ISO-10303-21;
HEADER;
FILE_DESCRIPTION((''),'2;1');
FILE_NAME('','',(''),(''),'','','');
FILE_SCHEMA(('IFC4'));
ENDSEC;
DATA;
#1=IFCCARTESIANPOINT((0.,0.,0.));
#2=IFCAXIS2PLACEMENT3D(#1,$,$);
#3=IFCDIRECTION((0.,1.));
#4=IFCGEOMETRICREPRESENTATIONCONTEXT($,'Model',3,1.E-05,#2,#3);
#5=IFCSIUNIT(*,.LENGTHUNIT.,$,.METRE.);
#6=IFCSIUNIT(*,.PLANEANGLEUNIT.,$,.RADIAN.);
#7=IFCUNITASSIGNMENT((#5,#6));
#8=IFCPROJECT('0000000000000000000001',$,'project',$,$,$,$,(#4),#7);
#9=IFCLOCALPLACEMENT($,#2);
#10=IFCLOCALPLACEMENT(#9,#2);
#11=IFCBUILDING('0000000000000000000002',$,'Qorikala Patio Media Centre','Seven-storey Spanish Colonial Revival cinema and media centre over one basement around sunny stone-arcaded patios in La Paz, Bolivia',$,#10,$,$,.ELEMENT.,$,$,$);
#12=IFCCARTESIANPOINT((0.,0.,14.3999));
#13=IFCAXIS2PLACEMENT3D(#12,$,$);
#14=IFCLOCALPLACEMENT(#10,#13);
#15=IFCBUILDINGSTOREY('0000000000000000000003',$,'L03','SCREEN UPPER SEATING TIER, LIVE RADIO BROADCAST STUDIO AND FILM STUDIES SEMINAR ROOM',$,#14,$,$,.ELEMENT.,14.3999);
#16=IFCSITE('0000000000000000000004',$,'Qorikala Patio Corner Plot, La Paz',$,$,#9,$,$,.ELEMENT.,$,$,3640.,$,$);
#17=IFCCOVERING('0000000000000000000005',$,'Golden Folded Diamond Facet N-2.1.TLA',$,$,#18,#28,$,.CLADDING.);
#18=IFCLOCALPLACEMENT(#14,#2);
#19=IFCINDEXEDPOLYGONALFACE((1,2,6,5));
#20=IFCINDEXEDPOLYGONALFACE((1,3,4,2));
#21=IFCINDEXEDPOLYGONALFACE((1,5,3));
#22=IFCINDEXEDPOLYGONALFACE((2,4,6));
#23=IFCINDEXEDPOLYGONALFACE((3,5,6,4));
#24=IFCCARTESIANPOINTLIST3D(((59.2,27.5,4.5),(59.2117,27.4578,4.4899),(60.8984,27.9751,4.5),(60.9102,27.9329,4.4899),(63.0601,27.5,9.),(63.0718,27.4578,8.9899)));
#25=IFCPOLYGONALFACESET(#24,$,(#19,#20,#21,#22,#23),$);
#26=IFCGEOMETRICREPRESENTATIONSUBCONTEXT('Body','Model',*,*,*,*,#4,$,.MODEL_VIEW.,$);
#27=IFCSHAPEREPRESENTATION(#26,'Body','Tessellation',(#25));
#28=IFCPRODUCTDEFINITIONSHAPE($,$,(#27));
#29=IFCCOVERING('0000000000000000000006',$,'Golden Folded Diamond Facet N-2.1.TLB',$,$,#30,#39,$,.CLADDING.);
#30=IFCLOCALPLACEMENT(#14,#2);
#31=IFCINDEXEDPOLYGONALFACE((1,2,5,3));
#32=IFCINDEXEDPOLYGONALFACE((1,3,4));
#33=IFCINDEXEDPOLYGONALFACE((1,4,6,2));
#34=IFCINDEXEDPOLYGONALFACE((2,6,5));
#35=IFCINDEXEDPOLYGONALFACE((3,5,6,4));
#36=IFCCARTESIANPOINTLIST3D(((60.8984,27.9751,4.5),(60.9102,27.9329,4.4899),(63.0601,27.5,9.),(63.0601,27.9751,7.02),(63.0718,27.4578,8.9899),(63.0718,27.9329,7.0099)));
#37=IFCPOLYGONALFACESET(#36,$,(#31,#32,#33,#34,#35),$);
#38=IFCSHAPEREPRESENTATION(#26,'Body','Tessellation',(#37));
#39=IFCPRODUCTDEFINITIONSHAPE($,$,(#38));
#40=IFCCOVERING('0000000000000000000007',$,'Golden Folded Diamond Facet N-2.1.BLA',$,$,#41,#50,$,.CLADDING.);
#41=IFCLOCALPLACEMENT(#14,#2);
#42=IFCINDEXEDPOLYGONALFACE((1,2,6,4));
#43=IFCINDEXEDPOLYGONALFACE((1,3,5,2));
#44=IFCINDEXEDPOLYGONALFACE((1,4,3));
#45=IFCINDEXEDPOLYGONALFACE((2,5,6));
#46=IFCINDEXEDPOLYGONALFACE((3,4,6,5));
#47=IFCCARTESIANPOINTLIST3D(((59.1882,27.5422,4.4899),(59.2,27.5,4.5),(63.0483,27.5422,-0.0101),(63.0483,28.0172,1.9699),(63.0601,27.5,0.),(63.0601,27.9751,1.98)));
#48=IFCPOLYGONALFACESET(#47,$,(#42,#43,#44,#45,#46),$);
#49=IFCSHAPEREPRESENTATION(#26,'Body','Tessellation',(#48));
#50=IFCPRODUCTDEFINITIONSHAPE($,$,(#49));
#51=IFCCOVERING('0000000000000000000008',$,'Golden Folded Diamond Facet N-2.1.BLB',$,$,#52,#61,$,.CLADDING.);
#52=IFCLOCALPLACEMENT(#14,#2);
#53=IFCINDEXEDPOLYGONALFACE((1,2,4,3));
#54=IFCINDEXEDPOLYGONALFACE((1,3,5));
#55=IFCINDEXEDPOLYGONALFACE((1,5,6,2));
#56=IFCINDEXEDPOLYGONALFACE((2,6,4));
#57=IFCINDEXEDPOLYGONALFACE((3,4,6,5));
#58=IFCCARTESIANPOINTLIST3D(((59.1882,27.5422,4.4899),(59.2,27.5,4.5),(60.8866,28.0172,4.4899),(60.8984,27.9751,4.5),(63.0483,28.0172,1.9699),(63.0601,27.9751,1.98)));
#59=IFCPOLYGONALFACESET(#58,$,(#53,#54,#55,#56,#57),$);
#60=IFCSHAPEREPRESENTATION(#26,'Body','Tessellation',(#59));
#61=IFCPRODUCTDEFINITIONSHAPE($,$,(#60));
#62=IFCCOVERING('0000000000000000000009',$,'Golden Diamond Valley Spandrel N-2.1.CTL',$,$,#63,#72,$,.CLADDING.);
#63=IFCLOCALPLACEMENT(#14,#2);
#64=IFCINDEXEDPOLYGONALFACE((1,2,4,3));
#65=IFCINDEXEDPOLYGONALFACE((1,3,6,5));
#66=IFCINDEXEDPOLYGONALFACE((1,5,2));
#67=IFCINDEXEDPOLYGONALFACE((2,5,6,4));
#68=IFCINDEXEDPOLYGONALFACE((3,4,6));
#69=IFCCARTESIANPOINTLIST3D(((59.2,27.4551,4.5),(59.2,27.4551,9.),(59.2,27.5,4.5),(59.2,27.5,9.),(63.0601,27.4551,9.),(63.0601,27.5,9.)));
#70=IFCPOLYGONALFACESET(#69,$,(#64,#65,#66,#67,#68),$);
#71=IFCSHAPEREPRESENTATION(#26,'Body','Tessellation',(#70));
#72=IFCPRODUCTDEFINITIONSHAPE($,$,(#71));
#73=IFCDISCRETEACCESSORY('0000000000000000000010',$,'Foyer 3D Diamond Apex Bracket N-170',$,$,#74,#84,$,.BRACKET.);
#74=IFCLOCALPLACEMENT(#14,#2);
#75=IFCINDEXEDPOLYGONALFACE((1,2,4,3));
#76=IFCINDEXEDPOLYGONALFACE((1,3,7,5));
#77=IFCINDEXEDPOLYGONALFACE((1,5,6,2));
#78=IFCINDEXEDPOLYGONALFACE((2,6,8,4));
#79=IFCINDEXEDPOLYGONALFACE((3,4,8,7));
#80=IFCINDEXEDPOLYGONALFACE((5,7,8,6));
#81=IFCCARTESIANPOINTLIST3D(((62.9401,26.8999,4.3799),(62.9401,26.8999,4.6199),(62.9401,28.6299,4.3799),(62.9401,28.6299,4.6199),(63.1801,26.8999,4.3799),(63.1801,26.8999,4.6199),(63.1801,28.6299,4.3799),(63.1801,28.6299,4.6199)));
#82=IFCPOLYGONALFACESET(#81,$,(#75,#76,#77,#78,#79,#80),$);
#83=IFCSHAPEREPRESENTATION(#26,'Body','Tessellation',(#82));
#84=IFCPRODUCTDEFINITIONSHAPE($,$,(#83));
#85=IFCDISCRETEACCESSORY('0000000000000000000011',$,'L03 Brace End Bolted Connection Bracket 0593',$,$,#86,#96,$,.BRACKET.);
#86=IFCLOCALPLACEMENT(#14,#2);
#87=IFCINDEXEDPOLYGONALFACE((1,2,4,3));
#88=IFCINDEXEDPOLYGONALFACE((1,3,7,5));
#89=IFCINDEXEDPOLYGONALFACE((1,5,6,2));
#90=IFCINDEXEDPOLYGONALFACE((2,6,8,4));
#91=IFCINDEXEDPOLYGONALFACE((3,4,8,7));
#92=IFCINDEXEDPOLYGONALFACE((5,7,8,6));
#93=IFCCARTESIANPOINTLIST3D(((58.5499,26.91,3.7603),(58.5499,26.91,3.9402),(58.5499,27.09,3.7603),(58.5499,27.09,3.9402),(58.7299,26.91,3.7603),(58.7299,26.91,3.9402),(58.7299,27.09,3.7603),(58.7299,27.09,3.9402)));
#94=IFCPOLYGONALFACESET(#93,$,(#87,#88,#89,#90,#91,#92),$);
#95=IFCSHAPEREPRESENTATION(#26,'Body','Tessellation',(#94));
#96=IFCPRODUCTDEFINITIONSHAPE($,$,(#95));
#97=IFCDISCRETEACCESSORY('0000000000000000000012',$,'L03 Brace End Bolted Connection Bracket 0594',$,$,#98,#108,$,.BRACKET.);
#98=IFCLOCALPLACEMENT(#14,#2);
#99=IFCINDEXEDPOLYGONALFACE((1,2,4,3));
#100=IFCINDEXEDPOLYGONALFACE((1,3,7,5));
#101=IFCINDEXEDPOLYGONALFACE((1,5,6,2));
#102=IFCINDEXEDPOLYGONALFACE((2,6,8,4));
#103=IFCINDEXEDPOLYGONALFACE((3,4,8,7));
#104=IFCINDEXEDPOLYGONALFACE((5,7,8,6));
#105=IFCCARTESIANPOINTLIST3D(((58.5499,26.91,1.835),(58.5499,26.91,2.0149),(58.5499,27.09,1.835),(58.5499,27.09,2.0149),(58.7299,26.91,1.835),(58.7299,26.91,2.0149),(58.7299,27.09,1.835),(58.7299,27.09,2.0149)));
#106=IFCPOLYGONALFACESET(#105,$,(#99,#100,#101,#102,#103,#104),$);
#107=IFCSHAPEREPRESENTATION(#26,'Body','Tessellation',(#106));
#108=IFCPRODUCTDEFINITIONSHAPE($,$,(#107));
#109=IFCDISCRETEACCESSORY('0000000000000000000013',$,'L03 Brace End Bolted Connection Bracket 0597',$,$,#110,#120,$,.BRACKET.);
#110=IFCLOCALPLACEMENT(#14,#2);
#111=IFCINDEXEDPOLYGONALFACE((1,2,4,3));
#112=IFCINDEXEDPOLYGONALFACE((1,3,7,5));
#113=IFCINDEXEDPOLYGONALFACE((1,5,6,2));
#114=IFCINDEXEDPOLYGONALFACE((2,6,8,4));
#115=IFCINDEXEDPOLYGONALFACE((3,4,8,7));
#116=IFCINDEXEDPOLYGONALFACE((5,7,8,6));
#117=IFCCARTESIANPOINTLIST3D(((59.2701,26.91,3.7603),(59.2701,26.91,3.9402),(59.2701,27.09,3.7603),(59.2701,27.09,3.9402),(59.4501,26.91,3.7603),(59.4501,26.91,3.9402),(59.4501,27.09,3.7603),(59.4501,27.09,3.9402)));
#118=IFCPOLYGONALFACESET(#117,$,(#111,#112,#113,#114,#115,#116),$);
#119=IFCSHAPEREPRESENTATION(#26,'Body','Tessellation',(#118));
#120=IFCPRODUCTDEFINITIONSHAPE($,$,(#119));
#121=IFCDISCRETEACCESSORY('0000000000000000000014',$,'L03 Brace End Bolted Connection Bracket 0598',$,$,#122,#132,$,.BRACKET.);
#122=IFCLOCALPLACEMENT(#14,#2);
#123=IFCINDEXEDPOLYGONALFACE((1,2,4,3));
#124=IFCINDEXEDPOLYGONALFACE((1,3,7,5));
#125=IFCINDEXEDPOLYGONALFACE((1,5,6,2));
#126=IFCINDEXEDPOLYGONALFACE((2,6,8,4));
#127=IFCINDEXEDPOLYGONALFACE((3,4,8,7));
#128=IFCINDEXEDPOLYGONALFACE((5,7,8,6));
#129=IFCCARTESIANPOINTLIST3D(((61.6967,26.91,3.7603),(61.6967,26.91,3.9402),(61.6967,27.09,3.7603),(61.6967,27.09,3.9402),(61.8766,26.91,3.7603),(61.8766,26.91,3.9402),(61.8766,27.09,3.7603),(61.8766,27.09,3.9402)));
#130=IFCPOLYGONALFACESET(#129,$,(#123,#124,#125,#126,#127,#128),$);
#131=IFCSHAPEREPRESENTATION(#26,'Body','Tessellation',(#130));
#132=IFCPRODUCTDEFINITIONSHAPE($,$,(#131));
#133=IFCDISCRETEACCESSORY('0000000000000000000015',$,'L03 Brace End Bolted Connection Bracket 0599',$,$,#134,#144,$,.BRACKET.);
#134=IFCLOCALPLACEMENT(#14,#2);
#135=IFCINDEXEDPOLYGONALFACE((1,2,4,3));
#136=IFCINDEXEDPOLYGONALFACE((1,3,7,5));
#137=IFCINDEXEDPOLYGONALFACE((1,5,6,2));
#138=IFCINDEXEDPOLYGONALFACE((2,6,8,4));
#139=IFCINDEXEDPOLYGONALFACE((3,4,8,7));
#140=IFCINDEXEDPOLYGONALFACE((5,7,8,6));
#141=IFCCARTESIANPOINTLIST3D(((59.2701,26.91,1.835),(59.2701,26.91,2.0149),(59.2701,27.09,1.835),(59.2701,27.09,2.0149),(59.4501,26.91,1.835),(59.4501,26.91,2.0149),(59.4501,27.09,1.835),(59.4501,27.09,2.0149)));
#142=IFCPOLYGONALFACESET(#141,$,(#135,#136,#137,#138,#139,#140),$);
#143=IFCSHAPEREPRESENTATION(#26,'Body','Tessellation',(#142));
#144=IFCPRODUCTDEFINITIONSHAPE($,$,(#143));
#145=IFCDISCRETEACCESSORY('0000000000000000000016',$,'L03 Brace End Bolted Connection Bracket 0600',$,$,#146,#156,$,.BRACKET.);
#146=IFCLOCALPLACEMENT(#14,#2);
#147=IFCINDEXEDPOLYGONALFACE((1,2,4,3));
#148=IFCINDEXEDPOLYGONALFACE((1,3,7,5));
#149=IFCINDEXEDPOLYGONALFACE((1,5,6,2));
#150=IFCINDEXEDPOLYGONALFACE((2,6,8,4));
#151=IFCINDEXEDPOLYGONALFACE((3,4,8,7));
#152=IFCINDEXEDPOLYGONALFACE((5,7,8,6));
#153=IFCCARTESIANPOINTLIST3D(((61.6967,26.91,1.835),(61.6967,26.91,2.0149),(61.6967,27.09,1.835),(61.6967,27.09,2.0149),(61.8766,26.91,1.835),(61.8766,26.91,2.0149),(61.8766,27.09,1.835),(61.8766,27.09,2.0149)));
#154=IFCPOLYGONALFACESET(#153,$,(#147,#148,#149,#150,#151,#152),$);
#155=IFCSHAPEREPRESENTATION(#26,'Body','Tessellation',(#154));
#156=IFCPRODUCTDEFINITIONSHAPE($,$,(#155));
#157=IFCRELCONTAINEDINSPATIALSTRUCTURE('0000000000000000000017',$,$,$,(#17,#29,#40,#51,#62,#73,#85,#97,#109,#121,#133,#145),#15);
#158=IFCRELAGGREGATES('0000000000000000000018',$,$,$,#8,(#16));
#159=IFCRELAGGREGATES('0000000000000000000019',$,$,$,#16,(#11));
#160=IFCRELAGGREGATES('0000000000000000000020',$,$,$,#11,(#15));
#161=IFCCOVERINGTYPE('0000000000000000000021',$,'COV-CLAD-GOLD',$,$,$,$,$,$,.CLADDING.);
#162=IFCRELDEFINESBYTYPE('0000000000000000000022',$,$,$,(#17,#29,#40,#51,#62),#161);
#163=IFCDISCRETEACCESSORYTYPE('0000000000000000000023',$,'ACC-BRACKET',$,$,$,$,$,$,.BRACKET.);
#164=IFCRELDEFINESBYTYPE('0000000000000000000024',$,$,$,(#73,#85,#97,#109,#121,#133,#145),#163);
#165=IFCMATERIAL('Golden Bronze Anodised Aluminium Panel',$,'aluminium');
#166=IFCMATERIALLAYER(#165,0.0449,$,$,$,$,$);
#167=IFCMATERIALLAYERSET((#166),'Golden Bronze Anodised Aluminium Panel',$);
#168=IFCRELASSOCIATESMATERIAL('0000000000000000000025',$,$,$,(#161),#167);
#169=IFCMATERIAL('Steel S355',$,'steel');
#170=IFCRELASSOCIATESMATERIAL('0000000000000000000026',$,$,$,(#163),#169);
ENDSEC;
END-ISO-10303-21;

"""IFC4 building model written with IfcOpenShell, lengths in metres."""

from ifc_helpers import new_model, si_unit, direction, frame, origin, origin_2d, place, context, subcontext, project, spatial, polyline, rectangle, outline, extrude, material, layer, layer_set, type_object, element, save


model = new_model("IFC4")

# Units and contexts
model_context = context("Model", 3, precision=1e-05, world=origin(), true_north=direction((0.0, 1.0)))
body_context = subcontext(model_context, "Body", "Model", "MODEL_VIEW")
ifc_project = project(units=[si_unit("LENGTHUNIT", "METRE"), si_unit("PLANEANGLEUNIT", "RADIAN")], contexts=[model_context])

# Site, building, storey
site_placement = place(None, origin())
site = spatial("IfcSite", under=ifc_project, at=site_placement, Name="Qorikala Patio Corner Plot, La Paz", CompositionType="ELEMENT", RefElevation=3640.0)
building_placement = place(site_placement, origin())
building = spatial("IfcBuilding", under=site, at=building_placement, Name="Qorikala Patio Media Centre", Description="Seven-storey Spanish Colonial Revival cinema and media centre over one basement around sunny stone-arcaded patios in La Paz, Bolivia", CompositionType="ELEMENT")
storey_placement = place(building_placement, frame((0.0, 0.0, 14.3999)))
storey = spatial("IfcBuildingStorey", under=building, at=storey_placement, Name="L03", Description="SCREEN UPPER SEATING TIER, LIVE RADIO BROADCAST STUDIO AND FILM STUDIES SEMINAR ROOM", CompositionType="ELEMENT", Elevation=14.3999)

# Coverings
ifc_material_1 = material(Name="Golden Bronze Anodised Aluminium Panel", Category="aluminium")
ifc_layer_1 = layer(ifc_material_1, 0.0449)
ifc_layer_set_1 = layer_set([ifc_layer_1], Name="Golden Bronze Anodised Aluminium Panel")
covering_type = type_object("IfcCoveringType", Name="COV-CLAD-GOLD", PredefinedType="CLADDING", material=ifc_layer_set_1)
covering_1_placement = place(storey_placement, frame((63.0601, 27.5, 9.0), z_axis=(-0.262462, 0.93831, 0.225141), x_axis=(-0.65108, 0.0, -0.759009)))
element("IfcCovering", 1, at=covering_1_placement, inside=storey, type_object=covering_type, Name="Golden Folded Diamond Facet N-2.1.TLA", PredefinedType="CLADDING", context=body_context, shape_type="SweptSolid", body=[
    extrude(outline(polyline([(0.0, 0.0), (5.9288, 0.0), (4.8229, -1.3739), (0.0, 0.0)])), origin(), (0.0, 0.0, -1.0), 0.0449),
])
covering_2_placement = place(storey_placement, frame((63.0601, 27.5, 9.0), z_axis=(-0.262476, 0.938304, 0.225147), x_axis=(-0.431047, 0.094739, -0.897342)))
element("IfcCovering", 2, at=covering_2_placement, inside=storey, type_object=covering_type, Name="Golden Folded Diamond Facet N-2.1.TLB", PredefinedType="CLADDING", context=body_context, shape_type="SweptSolid", body=[
    extrude(outline(polyline([(0.0, 0.0), (5.0148, 0.0), (1.8217, -0.9096), (0.0, 0.0)])), origin(), (0.0, 0.0, -1.0), 0.0449),
])
covering_3_placement = place(storey_placement, frame((59.2, 27.5, 4.5), z_axis=(0.26247, -0.938306, 0.225147), x_axis=(0.65108, 0.0, -0.759009)))
element("IfcCovering", 3, at=covering_3_placement, inside=storey, type_object=covering_type, Name="Golden Folded Diamond Facet N-2.1.BLA", PredefinedType="CLADDING", context=body_context, shape_type="SweptSolid", body=[
    extrude(outline(polyline([(0.0, 0.0), (5.9288, 0.0), (4.426, 1.3739), (0.0, 0.0)])), origin(), (0.0, 0.0, -1.0), 0.0449),
])
covering_4_placement = place(storey_placement, frame((59.2, 27.5, 4.5), z_axis=(0.262463, -0.938311, 0.225135), x_axis=(0.832945, 0.102518, -0.543777)))
element("IfcCovering", 4, at=covering_4_placement, inside=storey, type_object=covering_type, Name="Golden Folded Diamond Facet N-2.1.BLB", PredefinedType="CLADDING", context=body_context, shape_type="SweptSolid", body=[
    extrude(outline(polyline([(0.0, 0.0), (4.6343, 0.0), (1.4635, 0.9843), (0.0, 0.0)])), origin(), (0.0, 0.0, -1.0), 0.0449),
])
covering_5_placement = place(storey_placement, frame((59.2, 27.5, 9.0), z_axis=(0.0, 1.0, 0.0), x_axis=(1.0, 0.0, 0.0)))
element("IfcCovering", 5, at=covering_5_placement, inside=storey, type_object=covering_type, Name="Golden Diamond Valley Spandrel N-2.1.CTL", PredefinedType="CLADDING", context=body_context, shape_type="SweptSolid", body=[
    extrude(outline(polyline([(0.0, 0.0), (3.8601, 0.0), (0.0, 4.5), (0.0, 0.0)])), origin(), (0.0, 0.0, -1.0), 0.0449),
])

# Discrete accessories
ifc_material_2 = material(Name="Steel S355", Category="steel")
discrete_accessory_type = type_object("IfcDiscreteAccessoryType", Name="ACC-BRACKET", PredefinedType="BRACKET", material=ifc_material_2)
discrete_accessory_placement = place(storey_placement, frame((63.0601, 27.7649, 4.3799), z_axis=(0.0, 0.0, 1.0), x_axis=(1.0, 0.0, 0.0)))
element("IfcDiscreteAccessory", 6, at=discrete_accessory_placement, inside=storey, type_object=discrete_accessory_type, Name="Foyer 3D Diamond Apex Bracket N-170", PredefinedType="BRACKET", context=body_context, shape_type="SweptSolid", body=[
    extrude(rectangle(XDim=0.24, YDim=1.73, at=origin_2d()), origin(), (0.0, 0.0, 1.0), 0.24),
])
for number, where, z_axis, x_axis, name in (
    (7, (58.6399, 27.0, 3.7603), (0.0, 0.0, 1.0), (1.0, 0.0, 0.0), "L03 Brace End Bolted Connection Bracket 0593"),
    (8, (58.6399, 27.0, 1.835), (0.0, 0.0, 1.0), (1.0, 0.0, 0.0), "L03 Brace End Bolted Connection Bracket 0594"),
    (9, (59.3601, 27.0, 3.7603), (0.0, 0.0, 1.0), (1.0, 0.0, 0.0), "L03 Brace End Bolted Connection Bracket 0597"),
    (10, (61.7866, 27.0, 3.7603), (0.0, 0.0, 1.0), (1.0, 0.0, 0.0), "L03 Brace End Bolted Connection Bracket 0598"),
    (11, (59.3601, 27.0, 1.835), (0.0, 0.0, 1.0), (1.0, 0.0, 0.0), "L03 Brace End Bolted Connection Bracket 0599"),
    (12, (61.7866, 27.0, 1.835), (0.0, 0.0, 1.0), (1.0, 0.0, 0.0), "L03 Brace End Bolted Connection Bracket 0600"),
):
    element("IfcDiscreteAccessory", number, at=place(storey_placement, frame(where, z_axis=z_axis, x_axis=x_axis)), inside=storey, type_object=discrete_accessory_type, Name=name, PredefinedType="BRACKET", context=body_context, shape_type="SweptSolid", body=[
        extrude(rectangle(XDim=0.1799, YDim=0.1799, at=origin_2d()), origin(), (0.0, 0.0, 1.0), 0.1799),
    ])

save(model, "model.ifc")
